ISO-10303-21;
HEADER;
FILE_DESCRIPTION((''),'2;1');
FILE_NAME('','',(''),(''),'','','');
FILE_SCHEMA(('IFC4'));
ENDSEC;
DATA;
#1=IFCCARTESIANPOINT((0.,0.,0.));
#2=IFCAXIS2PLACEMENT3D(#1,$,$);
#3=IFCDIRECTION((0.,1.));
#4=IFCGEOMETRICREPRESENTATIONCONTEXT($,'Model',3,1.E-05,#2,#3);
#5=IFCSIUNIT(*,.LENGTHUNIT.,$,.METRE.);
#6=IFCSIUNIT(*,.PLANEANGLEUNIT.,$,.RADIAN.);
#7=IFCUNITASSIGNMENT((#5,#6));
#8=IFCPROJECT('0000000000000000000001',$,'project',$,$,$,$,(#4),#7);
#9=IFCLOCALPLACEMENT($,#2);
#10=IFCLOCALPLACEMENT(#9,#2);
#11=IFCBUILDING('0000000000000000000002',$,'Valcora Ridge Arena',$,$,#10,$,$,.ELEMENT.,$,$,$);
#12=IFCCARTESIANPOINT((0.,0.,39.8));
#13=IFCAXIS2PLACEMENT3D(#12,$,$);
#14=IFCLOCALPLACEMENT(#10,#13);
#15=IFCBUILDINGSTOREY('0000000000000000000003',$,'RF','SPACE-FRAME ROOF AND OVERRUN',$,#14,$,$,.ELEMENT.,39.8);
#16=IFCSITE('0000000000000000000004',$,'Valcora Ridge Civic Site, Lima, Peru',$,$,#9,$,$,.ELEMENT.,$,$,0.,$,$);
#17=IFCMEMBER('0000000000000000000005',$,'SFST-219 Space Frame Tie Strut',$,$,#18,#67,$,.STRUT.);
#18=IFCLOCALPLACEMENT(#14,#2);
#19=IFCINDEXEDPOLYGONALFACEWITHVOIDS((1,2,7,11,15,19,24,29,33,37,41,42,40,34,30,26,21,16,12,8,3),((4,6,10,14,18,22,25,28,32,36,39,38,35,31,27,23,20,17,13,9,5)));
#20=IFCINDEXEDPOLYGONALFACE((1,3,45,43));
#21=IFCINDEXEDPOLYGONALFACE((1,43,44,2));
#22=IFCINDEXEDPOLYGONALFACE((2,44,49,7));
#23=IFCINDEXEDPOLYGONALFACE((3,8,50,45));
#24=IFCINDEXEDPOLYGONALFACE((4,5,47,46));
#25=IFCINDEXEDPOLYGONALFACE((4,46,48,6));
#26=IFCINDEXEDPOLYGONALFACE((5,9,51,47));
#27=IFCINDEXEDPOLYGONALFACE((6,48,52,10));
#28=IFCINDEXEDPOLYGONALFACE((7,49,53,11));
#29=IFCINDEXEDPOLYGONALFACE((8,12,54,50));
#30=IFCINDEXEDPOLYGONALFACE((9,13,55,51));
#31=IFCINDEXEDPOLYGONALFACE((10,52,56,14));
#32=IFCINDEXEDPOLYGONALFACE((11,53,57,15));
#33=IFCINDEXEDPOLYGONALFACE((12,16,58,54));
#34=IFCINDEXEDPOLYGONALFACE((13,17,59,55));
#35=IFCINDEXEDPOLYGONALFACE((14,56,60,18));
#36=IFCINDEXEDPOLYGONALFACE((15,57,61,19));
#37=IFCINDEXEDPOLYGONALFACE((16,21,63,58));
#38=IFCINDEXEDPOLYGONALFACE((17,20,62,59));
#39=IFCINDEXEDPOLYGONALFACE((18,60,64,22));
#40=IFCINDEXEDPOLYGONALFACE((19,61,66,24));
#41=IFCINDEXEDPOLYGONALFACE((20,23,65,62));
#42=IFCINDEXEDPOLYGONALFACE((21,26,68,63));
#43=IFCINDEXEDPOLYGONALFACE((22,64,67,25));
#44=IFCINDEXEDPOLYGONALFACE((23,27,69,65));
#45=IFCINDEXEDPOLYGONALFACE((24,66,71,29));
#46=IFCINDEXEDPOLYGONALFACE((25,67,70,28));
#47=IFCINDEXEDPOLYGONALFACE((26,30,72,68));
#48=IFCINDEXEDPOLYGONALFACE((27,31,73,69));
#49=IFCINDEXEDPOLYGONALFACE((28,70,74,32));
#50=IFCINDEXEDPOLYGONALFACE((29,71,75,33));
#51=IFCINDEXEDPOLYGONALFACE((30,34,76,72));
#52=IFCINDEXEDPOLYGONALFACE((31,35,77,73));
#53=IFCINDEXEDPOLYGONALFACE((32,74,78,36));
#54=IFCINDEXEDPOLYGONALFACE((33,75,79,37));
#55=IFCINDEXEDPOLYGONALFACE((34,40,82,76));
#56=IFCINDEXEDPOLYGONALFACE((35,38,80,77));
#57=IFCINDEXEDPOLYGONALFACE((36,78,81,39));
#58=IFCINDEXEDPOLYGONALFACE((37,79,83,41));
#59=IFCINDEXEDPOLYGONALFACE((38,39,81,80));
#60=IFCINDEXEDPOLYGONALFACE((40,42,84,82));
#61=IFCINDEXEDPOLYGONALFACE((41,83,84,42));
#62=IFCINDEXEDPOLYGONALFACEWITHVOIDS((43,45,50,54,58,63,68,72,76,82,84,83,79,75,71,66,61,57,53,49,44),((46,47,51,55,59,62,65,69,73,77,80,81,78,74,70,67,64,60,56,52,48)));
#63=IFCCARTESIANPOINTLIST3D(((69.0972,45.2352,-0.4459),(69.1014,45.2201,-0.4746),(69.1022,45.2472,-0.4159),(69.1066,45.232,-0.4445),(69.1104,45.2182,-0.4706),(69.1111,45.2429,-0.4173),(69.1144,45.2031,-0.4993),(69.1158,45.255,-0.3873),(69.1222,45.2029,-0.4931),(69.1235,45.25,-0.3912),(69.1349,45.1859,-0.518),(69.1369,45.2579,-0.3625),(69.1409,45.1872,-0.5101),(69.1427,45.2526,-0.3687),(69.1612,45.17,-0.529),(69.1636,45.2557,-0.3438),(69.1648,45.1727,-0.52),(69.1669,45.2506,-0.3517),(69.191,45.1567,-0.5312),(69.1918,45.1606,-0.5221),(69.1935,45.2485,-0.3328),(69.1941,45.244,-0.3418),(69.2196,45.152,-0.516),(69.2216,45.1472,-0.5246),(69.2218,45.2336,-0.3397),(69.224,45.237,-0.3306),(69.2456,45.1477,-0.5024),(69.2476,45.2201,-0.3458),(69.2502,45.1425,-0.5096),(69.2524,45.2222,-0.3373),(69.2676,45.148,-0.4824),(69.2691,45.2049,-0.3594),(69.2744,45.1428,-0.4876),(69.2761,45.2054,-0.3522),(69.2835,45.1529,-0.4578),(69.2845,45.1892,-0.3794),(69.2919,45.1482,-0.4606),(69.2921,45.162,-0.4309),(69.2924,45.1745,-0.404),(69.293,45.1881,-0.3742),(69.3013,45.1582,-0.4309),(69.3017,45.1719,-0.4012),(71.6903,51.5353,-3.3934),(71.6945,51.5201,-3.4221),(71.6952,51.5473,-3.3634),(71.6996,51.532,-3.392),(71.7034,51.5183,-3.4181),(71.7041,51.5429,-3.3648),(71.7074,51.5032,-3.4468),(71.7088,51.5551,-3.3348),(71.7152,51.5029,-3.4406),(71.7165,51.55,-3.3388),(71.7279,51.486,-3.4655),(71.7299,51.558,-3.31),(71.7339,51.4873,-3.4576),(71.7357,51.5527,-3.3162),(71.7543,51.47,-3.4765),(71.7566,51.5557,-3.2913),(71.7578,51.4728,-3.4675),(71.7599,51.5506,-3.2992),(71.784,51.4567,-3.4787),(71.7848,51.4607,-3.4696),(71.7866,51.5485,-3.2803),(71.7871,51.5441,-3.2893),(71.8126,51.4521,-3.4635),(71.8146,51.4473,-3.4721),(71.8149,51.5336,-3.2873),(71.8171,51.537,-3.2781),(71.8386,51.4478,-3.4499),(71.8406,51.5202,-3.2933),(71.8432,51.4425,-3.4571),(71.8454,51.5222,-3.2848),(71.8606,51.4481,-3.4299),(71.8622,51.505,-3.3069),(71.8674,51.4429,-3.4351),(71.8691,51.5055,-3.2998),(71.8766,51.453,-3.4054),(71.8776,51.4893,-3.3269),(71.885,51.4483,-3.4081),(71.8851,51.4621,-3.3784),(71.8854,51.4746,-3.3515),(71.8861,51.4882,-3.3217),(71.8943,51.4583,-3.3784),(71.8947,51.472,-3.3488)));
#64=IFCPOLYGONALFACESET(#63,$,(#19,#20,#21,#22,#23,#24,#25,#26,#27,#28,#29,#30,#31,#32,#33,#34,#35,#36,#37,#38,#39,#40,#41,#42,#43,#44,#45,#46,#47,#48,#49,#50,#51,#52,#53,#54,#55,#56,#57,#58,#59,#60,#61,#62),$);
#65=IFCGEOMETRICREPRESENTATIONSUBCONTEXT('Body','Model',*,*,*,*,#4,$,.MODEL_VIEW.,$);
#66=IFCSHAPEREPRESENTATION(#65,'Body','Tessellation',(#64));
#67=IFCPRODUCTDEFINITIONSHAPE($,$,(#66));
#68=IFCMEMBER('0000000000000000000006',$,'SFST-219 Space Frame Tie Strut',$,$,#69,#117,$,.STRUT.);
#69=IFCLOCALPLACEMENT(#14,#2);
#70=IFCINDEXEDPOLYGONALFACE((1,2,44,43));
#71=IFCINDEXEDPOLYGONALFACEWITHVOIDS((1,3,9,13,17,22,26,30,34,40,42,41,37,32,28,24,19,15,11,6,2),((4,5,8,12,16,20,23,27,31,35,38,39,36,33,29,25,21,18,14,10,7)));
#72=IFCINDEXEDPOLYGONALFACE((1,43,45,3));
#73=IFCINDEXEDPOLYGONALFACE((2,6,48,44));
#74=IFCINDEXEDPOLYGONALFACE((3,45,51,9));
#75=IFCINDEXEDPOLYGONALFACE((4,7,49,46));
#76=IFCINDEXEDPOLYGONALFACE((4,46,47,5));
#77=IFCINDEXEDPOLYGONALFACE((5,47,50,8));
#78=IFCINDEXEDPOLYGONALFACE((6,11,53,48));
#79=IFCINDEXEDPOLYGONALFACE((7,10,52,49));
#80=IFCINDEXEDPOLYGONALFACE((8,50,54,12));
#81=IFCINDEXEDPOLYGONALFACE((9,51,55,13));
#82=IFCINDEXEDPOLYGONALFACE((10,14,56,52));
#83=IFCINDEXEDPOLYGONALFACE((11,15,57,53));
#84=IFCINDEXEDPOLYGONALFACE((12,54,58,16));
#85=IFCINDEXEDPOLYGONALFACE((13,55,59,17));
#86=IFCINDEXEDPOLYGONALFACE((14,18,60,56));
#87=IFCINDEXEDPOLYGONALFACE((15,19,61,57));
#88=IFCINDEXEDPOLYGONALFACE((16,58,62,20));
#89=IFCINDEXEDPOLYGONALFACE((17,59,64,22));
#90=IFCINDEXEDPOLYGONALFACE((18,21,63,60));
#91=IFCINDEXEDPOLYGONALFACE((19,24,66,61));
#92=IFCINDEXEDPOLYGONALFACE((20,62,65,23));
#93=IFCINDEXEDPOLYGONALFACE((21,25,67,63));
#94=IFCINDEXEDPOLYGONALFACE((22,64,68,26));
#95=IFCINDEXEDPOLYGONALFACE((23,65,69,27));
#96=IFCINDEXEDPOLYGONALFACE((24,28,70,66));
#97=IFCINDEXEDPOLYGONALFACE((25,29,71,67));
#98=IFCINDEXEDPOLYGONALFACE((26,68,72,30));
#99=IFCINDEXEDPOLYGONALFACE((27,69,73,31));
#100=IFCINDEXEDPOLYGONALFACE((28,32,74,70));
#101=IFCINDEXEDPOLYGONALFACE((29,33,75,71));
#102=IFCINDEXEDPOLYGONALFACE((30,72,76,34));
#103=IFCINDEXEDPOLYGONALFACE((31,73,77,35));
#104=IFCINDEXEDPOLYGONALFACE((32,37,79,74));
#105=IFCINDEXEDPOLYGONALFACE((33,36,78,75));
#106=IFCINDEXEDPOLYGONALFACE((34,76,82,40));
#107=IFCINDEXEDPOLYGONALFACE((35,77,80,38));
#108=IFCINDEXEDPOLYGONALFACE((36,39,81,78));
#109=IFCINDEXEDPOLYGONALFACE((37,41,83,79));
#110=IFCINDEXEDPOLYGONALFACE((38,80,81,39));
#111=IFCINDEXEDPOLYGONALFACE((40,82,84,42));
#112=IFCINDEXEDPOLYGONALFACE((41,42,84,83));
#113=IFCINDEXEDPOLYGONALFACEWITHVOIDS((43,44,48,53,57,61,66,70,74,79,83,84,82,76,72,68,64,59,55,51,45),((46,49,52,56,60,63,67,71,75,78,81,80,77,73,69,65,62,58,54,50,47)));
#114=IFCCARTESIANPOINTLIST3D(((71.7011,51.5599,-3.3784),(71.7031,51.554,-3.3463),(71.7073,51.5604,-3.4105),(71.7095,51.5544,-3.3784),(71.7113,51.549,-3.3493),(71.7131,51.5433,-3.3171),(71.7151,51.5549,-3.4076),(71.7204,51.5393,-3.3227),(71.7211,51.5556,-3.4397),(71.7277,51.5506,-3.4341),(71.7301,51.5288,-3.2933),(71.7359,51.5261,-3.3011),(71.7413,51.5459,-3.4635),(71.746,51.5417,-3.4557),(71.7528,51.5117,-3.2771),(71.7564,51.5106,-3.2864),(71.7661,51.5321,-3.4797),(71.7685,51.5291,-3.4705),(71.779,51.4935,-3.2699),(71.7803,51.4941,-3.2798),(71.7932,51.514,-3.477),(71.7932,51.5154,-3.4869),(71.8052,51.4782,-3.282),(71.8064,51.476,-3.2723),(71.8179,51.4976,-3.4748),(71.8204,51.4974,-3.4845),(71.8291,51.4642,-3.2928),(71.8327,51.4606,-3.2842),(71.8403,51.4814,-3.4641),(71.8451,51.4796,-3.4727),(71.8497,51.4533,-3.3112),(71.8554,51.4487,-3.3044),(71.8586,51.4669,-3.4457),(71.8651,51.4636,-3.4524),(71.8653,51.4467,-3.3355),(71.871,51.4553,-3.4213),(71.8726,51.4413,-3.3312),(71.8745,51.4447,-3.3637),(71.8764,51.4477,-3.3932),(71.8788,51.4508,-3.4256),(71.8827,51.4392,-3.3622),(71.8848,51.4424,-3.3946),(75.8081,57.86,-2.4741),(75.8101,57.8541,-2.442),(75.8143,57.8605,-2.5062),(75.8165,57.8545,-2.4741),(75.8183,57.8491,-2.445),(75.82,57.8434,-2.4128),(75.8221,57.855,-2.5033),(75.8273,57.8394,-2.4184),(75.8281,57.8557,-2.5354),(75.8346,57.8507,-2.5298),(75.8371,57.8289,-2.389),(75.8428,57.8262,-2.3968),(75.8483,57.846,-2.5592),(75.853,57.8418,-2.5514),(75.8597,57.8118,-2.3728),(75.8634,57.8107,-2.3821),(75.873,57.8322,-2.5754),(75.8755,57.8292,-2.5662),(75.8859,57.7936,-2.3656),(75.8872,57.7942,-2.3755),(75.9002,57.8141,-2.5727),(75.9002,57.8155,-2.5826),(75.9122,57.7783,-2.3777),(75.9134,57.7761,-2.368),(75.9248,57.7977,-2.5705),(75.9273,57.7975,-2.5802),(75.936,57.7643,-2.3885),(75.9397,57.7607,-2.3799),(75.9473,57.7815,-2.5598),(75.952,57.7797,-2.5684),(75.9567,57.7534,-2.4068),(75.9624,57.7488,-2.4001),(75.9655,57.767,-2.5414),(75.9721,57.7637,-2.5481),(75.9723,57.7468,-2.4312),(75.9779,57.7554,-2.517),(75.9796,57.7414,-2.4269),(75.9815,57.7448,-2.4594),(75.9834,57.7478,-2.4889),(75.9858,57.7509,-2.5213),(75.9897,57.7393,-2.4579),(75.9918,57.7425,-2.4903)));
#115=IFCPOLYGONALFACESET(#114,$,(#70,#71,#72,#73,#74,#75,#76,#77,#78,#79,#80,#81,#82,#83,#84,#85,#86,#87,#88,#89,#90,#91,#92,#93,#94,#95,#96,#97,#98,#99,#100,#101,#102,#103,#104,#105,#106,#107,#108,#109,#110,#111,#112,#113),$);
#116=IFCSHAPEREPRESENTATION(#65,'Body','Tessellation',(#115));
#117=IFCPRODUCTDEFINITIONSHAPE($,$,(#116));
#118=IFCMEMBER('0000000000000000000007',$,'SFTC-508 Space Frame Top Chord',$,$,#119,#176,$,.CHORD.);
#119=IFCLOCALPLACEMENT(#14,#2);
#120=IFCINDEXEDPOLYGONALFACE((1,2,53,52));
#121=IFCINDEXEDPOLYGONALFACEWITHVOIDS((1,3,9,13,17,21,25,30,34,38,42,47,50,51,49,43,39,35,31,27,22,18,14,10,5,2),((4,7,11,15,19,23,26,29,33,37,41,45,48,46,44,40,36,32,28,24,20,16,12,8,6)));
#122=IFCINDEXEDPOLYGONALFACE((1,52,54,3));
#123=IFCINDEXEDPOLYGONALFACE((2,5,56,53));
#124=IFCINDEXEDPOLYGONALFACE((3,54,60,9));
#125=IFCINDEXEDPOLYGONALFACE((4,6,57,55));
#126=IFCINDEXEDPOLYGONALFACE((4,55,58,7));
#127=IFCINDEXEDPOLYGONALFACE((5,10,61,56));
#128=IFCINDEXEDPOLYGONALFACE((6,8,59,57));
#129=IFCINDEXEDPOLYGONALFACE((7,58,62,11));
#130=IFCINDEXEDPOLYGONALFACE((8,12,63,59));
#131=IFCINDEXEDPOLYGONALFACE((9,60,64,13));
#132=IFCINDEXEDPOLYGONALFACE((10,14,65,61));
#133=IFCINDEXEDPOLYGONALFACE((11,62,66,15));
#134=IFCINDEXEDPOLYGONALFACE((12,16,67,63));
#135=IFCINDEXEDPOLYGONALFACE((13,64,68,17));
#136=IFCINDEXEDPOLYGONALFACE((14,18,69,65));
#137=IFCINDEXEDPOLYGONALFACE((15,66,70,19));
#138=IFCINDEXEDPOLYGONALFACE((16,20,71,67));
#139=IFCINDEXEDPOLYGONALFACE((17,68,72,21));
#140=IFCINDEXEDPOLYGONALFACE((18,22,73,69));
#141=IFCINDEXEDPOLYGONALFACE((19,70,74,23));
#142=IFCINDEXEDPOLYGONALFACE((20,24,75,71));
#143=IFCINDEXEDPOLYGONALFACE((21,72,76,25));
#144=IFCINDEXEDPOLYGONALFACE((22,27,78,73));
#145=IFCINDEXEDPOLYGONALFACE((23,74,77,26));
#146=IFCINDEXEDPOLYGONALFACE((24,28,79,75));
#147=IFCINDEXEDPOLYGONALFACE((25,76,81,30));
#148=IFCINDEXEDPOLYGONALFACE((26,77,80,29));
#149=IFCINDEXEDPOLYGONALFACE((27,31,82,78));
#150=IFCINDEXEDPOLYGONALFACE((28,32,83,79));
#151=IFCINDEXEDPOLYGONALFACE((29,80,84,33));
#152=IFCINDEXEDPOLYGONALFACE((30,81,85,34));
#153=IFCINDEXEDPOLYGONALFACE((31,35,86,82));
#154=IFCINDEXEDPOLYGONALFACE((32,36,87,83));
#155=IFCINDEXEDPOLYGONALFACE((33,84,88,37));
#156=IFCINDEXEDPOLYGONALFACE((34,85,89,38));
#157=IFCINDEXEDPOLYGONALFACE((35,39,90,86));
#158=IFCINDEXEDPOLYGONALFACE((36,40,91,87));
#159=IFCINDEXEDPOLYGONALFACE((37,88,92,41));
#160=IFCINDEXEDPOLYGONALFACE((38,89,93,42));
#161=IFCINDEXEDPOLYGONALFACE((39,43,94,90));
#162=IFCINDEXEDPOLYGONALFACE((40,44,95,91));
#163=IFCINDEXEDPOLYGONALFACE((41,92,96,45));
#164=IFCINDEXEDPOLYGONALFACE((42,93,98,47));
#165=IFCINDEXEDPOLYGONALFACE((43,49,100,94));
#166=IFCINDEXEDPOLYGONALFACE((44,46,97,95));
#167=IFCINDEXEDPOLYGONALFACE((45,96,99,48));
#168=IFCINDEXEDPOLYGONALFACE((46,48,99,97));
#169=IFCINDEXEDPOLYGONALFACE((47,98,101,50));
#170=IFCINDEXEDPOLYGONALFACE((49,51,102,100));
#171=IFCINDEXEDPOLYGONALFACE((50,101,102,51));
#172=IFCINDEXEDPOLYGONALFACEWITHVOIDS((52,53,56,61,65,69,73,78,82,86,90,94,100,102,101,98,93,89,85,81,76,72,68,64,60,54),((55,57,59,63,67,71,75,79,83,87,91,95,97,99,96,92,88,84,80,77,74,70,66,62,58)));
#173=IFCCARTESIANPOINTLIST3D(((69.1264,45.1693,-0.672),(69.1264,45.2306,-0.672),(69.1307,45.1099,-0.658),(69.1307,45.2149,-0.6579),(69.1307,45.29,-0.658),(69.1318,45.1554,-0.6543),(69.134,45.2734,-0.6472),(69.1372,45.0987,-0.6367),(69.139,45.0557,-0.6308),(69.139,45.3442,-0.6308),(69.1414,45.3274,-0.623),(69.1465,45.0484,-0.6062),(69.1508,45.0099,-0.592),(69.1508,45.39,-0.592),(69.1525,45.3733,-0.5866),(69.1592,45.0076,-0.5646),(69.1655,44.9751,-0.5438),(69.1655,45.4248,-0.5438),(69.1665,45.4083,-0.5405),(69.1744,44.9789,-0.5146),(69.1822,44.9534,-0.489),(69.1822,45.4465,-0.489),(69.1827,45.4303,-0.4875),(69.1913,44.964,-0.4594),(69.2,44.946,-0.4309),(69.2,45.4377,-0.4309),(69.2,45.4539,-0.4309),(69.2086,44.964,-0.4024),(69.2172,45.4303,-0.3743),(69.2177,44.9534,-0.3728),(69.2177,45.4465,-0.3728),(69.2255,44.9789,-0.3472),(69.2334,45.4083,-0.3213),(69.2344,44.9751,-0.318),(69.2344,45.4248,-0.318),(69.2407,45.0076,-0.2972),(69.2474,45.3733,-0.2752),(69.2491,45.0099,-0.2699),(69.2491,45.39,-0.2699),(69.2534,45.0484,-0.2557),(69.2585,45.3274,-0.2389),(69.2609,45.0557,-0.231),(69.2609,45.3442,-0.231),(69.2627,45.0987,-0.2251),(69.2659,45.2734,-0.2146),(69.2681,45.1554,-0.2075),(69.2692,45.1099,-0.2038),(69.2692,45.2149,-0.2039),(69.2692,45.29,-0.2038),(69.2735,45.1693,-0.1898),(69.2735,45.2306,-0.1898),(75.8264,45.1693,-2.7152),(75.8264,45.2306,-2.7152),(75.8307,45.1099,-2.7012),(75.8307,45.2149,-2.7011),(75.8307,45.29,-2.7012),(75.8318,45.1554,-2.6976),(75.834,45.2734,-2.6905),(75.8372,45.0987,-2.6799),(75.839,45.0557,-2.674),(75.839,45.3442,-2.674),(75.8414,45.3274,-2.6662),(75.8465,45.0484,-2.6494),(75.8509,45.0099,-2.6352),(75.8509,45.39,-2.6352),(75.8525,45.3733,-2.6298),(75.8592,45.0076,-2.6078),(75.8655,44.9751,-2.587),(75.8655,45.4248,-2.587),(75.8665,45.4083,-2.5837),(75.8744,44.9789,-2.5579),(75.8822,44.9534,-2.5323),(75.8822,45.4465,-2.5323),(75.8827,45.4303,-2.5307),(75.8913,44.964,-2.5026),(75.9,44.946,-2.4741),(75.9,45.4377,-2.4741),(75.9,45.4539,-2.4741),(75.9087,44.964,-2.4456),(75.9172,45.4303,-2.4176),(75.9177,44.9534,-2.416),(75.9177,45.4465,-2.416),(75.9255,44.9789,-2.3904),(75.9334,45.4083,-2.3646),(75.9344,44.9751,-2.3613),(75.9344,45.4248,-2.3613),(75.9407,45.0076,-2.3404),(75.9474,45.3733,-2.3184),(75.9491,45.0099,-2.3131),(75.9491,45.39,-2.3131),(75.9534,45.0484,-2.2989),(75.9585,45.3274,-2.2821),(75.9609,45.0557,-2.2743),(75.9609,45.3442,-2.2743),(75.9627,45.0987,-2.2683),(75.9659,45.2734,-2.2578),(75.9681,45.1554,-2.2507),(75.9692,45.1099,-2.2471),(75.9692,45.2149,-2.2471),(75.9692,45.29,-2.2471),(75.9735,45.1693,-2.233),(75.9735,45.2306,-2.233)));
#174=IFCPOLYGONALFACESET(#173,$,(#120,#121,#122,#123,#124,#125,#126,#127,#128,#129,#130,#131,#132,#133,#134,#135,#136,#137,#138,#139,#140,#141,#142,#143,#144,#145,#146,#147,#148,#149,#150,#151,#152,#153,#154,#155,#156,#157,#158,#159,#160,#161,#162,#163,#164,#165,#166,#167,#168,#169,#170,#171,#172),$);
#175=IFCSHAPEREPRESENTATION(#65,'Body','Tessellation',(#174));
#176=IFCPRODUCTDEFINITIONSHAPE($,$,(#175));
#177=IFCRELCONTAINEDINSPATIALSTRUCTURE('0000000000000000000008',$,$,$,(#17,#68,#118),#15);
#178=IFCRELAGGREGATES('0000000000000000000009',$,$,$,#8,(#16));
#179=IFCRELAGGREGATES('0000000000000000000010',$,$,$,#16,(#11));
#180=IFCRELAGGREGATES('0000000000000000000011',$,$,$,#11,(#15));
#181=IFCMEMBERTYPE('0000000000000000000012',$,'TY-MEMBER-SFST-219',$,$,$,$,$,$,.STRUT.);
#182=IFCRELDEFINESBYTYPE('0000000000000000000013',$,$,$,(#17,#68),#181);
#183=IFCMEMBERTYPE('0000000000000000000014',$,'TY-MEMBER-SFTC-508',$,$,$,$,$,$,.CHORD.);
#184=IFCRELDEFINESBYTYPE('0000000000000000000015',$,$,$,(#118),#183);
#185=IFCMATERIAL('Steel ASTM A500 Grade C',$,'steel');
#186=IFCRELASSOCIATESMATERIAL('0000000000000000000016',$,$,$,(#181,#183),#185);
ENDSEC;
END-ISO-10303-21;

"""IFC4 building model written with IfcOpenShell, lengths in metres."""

from ifc_helpers import new_model, si_unit, direction, frame, origin, origin_2d, place, context, subcontext, project, spatial, hollow_circle, extrude, material, material_profile, profile_set, type_object, element, save


model = new_model("IFC4")

# Units and contexts
model_context = context("Model", 3, precision=1e-05, world=origin(), true_north=direction((0.0, 1.0)))
body_context = subcontext(model_context, "Body", "Model", "MODEL_VIEW")
ifc_project = project(units=[si_unit("LENGTHUNIT", "METRE"), si_unit("PLANEANGLEUNIT", "RADIAN")], contexts=[model_context])

# Site, building, storey
site_placement = place(None, origin())
site = spatial("IfcSite", under=ifc_project, at=site_placement, Name="Valcora Ridge Civic Site, Lima, Peru", CompositionType="ELEMENT", RefElevation=0.0)
building_placement = place(site_placement, origin())
building = spatial("IfcBuilding", under=site, at=building_placement, Name="Valcora Ridge Arena", CompositionType="ELEMENT")
storey_placement = place(building_placement, frame((0.0, 0.0, 39.8)))
storey = spatial("IfcBuildingStorey", under=building, at=storey_placement, Name="RF", Description="SPACE-FRAME ROOF AND OVERRUN", CompositionType="ELEMENT", Elevation=39.8)

# Members
ifc_material_1 = material(Name="Steel ASTM A500 Grade C", Category="steel")
ifc_material_profile_1 = material_profile(ifc_material_1, hollow_circle(Radius=0.1096, WallThickness=0.01, at=origin_2d()), Name="CHS219X10")
ifc_profile_set_1 = profile_set([ifc_material_profile_1], Name="Steel ASTM A500 Grade C")
member_type_1 = type_object("IfcMemberType", Name="TY-MEMBER-SFST-219", PredefinedType="STRUT", material=ifc_profile_set_1)
member_1_placement = place(storey_placement, frame((71.793, 51.5, -3.3784), z_axis=(-0.349318, -0.84871, 0.397074), x_axis=(0.924736, -0.380609, 0.0)))
element("IfcMember", 1, at=member_1_placement, inside=storey, type_object=member_type_1, Name="SFST-219 Space Frame Tie Strut", PredefinedType="STRUT", context=body_context, shape_type="SweptSolid", body=[
    extrude(hollow_circle(Radius=0.1096, WallThickness=0.01, at=origin_2d()), origin(), (0.0, 0.0, 1.0), 7.4231),
])
member_2_placement = place(storey_placement, frame((71.793, 51.5, -3.3784), z_axis=(0.542195, 0.831728, 0.119385), x_axis=(-0.83772, 0.5461, 0.0)))
element("IfcMember", 2, at=member_2_placement, inside=storey, type_object=member_type_1, Name="SFST-219 Space Frame Tie Strut", PredefinedType="STRUT", context=body_context, shape_type="SweptSolid", body=[
    extrude(hollow_circle(Radius=0.1096, WallThickness=0.01, at=origin_2d()), origin(), (0.0, 0.0, 1.0), 7.5747),
])
ifc_material_profile_2 = material_profile(ifc_material_1, hollow_circle(Radius=0.2539, WallThickness=0.0161, at=origin_2d()), Name="CHS508X16")
ifc_profile_set_2 = profile_set([ifc_material_profile_2], Name="Steel ASTM A500 Grade C")
member_type_2 = type_object("IfcMemberType", Name="TY-MEMBER-SFTC-508", PredefinedType="CHORD", material=ifc_profile_set_2)
member_3_placement = place(storey_placement, frame((69.2, 45.2, -0.4309), z_axis=(0.956511, 0.0, -0.291697), x_axis=(0.0, 1.0, 0.0)))
element("IfcMember", 3, at=member_3_placement, inside=storey, type_object=member_type_2, Name="SFTC-508 Space Frame Top Chord", PredefinedType="CHORD", context=body_context, shape_type="SweptSolid", body=[
    extrude(hollow_circle(Radius=0.2539, WallThickness=0.0161, at=origin_2d()), origin(), (0.0, 0.0, 1.0), 7.0046),
])

save(model, "model.ifc")
